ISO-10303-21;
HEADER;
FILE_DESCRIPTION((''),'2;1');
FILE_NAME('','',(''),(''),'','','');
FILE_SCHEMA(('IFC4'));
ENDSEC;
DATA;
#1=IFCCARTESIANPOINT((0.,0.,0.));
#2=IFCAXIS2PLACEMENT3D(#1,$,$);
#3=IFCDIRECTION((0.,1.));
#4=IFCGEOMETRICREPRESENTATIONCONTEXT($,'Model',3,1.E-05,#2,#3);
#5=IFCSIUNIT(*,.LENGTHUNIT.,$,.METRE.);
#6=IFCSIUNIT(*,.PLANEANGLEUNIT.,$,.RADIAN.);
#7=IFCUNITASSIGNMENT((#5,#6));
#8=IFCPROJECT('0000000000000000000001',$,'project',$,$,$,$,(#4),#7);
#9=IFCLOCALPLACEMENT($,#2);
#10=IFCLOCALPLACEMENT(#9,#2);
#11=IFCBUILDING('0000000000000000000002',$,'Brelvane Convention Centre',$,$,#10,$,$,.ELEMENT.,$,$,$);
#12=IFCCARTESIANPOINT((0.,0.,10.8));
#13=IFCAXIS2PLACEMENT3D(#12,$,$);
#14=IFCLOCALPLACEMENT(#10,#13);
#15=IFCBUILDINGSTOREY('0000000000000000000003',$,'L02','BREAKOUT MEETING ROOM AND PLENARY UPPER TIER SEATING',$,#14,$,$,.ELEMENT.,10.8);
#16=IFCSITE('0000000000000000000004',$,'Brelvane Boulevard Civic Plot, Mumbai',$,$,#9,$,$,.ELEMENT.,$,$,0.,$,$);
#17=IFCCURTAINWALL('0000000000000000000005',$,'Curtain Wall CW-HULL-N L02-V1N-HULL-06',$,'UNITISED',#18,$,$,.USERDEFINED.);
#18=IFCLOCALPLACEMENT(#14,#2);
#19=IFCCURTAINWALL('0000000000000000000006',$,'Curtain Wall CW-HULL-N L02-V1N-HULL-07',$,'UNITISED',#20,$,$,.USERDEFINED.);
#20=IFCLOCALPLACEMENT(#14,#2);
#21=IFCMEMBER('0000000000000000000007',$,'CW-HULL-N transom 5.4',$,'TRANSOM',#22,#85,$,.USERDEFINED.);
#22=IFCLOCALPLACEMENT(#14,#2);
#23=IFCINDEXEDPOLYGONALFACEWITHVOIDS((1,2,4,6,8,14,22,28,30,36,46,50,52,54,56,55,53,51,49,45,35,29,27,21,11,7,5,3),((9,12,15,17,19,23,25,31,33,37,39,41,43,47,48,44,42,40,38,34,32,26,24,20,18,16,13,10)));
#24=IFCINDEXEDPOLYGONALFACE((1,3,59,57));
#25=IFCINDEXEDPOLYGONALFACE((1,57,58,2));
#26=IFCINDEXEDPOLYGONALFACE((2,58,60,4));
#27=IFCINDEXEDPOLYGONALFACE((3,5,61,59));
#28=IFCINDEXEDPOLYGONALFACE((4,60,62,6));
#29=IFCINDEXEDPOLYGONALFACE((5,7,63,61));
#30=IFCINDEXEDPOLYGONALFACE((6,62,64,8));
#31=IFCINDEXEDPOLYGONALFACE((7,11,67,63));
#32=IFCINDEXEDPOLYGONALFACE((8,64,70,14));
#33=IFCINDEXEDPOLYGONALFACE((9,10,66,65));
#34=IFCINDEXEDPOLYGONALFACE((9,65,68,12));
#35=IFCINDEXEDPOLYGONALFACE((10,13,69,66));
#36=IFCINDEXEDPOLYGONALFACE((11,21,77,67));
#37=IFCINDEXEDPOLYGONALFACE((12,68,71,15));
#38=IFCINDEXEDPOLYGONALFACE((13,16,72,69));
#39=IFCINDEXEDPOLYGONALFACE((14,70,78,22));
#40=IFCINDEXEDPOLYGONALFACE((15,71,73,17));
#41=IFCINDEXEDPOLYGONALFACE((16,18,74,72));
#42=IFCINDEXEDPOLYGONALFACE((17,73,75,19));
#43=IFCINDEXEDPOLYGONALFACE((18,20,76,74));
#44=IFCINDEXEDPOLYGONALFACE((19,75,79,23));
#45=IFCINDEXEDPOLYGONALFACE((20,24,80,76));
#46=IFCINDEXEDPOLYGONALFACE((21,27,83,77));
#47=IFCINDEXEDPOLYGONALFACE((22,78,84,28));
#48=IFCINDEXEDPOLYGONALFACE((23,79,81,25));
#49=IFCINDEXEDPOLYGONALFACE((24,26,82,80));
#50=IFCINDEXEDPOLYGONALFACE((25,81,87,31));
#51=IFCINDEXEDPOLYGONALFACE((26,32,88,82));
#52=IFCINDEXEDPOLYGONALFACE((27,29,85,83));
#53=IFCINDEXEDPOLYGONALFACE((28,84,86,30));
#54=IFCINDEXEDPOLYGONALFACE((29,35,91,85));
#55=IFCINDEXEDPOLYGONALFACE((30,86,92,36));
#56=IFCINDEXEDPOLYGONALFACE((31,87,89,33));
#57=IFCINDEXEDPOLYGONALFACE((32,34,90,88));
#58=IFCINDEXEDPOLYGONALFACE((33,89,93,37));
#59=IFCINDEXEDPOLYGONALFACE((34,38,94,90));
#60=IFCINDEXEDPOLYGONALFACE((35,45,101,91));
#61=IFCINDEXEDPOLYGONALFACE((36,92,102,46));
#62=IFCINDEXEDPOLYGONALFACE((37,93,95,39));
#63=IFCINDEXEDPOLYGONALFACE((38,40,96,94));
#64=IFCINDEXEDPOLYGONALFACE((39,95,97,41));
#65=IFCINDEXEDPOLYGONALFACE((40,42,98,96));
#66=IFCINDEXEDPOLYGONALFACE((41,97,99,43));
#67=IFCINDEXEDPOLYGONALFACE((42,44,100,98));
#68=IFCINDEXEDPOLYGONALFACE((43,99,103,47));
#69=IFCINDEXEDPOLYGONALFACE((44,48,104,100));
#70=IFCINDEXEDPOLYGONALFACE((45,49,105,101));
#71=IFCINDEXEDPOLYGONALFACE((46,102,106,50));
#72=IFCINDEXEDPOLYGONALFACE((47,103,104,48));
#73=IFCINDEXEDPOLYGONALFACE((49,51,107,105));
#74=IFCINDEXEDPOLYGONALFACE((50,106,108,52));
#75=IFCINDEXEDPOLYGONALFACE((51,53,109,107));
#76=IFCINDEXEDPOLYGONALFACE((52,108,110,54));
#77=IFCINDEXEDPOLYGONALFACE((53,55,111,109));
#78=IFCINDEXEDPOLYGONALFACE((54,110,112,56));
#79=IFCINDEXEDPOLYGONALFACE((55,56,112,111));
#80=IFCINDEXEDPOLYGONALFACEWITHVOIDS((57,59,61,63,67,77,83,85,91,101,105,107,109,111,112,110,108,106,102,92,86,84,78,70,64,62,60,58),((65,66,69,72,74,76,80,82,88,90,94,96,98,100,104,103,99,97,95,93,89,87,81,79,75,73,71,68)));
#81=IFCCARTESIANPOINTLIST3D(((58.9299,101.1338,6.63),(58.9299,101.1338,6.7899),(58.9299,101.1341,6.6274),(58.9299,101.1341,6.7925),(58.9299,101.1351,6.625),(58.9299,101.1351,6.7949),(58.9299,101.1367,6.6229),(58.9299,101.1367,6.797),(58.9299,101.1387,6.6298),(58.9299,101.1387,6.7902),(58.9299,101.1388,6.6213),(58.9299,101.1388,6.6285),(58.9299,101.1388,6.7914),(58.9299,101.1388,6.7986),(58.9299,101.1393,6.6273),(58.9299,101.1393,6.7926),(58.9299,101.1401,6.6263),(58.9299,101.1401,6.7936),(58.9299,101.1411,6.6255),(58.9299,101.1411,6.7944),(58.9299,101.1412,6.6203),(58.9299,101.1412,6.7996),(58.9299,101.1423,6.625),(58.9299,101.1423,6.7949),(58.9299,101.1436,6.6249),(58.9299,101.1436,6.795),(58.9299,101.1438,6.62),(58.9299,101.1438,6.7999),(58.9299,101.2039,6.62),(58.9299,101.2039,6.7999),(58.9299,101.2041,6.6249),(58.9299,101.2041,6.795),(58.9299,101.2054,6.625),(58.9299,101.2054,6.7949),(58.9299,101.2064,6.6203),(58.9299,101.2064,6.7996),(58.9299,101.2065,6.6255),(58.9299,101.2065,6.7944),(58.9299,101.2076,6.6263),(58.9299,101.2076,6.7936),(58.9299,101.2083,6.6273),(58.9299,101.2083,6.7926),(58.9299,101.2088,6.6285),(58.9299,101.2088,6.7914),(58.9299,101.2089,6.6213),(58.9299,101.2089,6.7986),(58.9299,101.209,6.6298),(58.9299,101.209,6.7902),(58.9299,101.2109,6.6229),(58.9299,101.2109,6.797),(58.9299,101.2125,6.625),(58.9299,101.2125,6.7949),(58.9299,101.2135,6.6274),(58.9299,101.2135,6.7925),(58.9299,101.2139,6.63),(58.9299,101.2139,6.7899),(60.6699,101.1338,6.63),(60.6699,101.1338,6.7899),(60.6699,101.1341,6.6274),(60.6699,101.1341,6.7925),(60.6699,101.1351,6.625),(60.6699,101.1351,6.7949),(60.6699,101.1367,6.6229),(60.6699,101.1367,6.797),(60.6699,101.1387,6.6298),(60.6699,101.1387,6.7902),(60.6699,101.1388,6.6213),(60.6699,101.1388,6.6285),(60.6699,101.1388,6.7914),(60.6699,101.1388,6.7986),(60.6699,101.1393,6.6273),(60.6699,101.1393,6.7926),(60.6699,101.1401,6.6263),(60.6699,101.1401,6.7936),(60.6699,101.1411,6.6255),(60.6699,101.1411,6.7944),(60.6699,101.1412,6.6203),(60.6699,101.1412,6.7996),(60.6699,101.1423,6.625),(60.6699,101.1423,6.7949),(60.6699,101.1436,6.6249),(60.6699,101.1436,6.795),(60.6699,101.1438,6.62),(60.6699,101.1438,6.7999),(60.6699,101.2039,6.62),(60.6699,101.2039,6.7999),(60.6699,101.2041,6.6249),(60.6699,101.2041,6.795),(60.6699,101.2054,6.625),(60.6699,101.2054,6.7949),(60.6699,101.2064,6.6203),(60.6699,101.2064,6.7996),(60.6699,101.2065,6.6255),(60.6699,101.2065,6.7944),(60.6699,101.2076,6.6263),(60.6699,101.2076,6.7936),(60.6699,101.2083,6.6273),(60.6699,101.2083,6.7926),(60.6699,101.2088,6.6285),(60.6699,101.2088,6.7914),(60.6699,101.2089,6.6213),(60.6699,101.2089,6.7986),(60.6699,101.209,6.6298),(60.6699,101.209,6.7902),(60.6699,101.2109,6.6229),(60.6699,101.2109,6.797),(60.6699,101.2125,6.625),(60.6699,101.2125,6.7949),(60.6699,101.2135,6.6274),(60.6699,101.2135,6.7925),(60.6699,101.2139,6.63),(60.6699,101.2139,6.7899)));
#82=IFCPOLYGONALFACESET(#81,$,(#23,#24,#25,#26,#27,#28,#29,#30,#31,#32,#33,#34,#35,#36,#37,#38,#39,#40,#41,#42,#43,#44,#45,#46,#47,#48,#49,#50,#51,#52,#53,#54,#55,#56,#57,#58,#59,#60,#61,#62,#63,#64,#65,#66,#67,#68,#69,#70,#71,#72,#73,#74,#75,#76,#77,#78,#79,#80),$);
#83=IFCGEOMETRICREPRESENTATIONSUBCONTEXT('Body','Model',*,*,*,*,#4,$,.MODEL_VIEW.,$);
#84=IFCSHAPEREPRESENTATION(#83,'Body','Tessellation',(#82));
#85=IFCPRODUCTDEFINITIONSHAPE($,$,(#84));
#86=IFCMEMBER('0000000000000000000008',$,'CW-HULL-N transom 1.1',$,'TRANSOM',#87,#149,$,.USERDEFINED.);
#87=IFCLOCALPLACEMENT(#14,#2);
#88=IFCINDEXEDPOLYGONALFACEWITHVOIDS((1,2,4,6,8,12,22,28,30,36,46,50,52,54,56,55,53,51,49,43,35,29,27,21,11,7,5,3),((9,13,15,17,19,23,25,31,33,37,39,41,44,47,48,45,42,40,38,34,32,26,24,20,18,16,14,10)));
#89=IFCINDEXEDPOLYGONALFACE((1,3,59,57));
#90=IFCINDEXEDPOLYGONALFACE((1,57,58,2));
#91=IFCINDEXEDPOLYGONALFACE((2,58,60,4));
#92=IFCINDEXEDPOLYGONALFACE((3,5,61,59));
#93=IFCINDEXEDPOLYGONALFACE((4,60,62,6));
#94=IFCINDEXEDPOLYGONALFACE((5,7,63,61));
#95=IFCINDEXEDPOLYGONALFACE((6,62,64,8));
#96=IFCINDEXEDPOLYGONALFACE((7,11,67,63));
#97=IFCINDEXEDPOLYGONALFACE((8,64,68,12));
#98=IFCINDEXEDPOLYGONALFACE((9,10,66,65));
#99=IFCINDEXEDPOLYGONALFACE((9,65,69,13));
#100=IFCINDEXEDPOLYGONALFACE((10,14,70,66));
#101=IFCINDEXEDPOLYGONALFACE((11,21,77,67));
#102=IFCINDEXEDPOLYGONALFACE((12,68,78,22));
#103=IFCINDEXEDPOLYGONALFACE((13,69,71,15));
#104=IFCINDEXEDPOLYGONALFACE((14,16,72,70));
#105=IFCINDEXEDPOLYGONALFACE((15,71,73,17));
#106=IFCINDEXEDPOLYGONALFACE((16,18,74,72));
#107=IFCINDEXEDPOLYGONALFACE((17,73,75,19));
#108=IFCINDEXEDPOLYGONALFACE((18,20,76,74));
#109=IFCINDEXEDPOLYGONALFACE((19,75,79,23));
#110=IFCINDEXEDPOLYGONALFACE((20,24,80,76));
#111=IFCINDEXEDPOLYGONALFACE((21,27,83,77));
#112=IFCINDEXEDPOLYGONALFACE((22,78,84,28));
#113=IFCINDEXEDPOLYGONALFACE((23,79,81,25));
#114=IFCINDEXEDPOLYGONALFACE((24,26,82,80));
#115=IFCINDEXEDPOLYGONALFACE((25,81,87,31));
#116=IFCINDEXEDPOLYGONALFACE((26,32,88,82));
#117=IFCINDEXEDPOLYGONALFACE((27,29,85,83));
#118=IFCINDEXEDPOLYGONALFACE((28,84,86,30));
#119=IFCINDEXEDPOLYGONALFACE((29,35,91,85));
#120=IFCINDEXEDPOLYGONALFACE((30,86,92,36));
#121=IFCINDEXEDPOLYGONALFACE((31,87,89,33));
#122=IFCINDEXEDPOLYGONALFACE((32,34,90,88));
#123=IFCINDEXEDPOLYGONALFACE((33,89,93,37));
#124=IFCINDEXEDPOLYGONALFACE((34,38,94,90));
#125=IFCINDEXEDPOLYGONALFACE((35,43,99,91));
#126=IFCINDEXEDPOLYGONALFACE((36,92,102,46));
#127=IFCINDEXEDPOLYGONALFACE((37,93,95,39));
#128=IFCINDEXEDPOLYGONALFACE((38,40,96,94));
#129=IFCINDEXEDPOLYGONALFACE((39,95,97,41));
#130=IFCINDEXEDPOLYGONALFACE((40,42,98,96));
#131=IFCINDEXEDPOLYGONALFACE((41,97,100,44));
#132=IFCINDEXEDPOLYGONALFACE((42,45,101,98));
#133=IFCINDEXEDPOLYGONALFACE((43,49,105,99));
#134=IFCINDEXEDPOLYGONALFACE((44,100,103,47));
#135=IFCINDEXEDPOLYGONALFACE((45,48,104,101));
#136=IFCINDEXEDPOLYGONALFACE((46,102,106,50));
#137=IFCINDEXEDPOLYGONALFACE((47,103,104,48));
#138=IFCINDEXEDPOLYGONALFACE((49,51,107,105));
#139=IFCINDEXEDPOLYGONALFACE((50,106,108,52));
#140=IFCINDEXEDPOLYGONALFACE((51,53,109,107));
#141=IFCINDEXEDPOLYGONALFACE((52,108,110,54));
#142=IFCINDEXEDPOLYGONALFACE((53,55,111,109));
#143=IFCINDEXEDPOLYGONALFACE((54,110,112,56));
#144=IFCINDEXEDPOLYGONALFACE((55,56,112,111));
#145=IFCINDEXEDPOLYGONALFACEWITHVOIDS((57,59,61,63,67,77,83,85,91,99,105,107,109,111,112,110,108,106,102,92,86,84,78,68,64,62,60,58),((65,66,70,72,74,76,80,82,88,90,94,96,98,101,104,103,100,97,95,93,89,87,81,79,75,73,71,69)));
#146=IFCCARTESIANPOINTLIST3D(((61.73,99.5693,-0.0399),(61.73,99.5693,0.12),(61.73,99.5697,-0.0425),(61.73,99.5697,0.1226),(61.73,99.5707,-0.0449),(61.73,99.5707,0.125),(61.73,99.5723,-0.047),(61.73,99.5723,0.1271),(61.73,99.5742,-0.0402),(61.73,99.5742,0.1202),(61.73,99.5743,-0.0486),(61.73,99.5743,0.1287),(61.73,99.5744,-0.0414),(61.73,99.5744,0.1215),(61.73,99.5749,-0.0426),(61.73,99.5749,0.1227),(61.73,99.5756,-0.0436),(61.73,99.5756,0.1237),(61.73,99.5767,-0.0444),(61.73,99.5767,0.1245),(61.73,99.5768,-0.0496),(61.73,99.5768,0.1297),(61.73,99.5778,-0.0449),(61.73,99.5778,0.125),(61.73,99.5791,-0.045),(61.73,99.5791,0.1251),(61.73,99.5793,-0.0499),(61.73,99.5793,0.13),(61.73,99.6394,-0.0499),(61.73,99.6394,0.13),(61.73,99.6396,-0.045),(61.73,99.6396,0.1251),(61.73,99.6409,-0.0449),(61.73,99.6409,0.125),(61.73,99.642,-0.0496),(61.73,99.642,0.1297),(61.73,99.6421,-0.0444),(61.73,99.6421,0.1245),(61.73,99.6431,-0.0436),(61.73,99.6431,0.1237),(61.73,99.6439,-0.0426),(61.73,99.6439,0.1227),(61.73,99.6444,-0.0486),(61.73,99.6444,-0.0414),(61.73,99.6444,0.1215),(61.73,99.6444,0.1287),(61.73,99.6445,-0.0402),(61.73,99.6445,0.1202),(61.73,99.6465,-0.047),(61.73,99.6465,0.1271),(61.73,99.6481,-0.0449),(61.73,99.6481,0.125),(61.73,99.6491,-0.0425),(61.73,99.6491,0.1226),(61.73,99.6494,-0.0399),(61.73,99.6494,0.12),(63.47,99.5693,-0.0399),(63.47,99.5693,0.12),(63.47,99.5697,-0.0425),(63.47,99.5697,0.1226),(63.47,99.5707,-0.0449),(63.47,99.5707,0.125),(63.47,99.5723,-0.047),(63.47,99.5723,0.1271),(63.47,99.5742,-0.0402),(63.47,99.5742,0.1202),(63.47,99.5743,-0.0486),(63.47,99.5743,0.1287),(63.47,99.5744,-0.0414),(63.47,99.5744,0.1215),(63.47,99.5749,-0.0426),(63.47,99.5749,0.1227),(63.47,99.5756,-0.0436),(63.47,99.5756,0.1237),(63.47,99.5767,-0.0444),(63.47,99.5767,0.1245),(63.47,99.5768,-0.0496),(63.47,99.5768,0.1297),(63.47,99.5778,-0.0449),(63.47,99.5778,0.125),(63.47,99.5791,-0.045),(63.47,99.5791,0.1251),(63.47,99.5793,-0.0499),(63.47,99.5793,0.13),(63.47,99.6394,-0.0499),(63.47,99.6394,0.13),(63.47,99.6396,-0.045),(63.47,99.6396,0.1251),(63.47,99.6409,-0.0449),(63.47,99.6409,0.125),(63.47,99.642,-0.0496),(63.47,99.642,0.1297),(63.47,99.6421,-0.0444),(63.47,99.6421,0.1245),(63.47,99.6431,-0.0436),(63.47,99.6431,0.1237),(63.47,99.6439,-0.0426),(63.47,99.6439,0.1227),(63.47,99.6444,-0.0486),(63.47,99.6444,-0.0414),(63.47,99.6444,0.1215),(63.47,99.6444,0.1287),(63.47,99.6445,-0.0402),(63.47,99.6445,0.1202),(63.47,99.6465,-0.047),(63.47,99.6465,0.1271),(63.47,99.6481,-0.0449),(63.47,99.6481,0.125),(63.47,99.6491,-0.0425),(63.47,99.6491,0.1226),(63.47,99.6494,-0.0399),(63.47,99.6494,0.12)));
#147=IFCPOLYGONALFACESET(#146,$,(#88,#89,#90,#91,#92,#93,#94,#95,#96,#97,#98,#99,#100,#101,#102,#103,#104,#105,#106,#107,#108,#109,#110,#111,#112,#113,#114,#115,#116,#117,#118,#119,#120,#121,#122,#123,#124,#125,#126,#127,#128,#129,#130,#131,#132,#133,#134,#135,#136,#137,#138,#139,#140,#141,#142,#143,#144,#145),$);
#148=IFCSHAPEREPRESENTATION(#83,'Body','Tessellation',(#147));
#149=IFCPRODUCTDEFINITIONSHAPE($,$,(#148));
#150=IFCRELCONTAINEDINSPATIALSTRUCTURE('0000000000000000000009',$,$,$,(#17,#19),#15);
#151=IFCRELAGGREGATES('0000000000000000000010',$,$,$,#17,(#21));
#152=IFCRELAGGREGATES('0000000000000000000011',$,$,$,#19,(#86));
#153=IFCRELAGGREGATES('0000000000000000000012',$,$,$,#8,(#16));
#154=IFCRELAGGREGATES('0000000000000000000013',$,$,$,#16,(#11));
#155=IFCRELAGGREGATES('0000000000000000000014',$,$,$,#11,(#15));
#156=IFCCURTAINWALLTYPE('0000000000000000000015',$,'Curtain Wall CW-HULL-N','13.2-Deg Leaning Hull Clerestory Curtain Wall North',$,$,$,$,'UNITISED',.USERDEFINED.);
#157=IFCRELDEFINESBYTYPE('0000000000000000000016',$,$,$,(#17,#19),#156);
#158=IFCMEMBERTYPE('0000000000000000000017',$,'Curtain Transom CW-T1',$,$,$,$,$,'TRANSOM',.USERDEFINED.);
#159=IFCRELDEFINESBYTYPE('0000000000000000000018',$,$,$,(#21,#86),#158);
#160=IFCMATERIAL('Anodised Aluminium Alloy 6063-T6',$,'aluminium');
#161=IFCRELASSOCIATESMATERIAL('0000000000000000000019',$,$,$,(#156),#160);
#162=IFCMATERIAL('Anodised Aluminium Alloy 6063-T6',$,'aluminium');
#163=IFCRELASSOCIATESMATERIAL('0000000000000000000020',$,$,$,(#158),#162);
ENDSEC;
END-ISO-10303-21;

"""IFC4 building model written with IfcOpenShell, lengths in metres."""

from ifc_helpers import new_model, si_unit, direction, frame, origin, origin_2d, place, context, subcontext, project, spatial, hollow_rectangle, extrude, material, material_profile, profile_set, type_object, element, aggregate, save


model = new_model("IFC4")

# Units and contexts
model_context = context("Model", 3, precision=1e-05, world=origin(), true_north=direction((0.0, 1.0)))
body_context = subcontext(model_context, "Body", "Model", "MODEL_VIEW")
ifc_project = project(units=[si_unit("LENGTHUNIT", "METRE"), si_unit("PLANEANGLEUNIT", "RADIAN")], contexts=[model_context])

# Site, building, storey
site_placement = place(None, origin())
site = spatial("IfcSite", under=ifc_project, at=site_placement, Name="Brelvane Boulevard Civic Plot, Mumbai", CompositionType="ELEMENT", RefElevation=0.0)
building_placement = place(site_placement, origin())
building = spatial("IfcBuilding", under=site, at=building_placement, Name="Brelvane Convention Centre", CompositionType="ELEMENT")
storey_placement = place(building_placement, frame((0.0, 0.0, 10.8)))
storey = spatial("IfcBuildingStorey", under=building, at=storey_placement, Name="L02", Description="BREAKOUT MEETING ROOM AND PLENARY UPPER TIER SEATING", CompositionType="ELEMENT", Elevation=10.8)

# Curtain wall
ifc_material_1 = material(Name="Anodised Aluminium Alloy 6063-T6", Category="aluminium")
curtain_wall_type_1 = type_object("IfcCurtainWallType", Name="Curtain Wall CW-HULL-N", Description="13.2-Deg Leaning Hull Clerestory Curtain Wall North", ElementType="UNITISED", PredefinedType="USERDEFINED", material=ifc_material_1)
curtain_wall_1_placement = place(storey_placement, origin())
curtain_wall_1 = element("IfcCurtainWall", 1, at=curtain_wall_1_placement, inside=storey, type_object=curtain_wall_type_1, Name="Curtain Wall CW-HULL-N L02-V1N-HULL-06", ObjectType="UNITISED", PredefinedType="USERDEFINED")

# Curtain wall
curtain_wall_2_placement = place(storey_placement, origin())
curtain_wall_2 = element("IfcCurtainWall", 2, at=curtain_wall_2_placement, inside=storey, type_object=curtain_wall_type_1, Name="Curtain Wall CW-HULL-N L02-V1N-HULL-07", ObjectType="UNITISED", PredefinedType="USERDEFINED")

# Members
ifc_material_2 = material(Name="Anodised Aluminium Alloy 6063-T6", Category="aluminium")
ifc_material_profile_1 = material_profile(ifc_material_2, hollow_rectangle(XDim=0.0801, YDim=0.1799, WallThickness=0.0049, InnerFilletRadius=0.0049, OuterFilletRadius=0.01, at=origin_2d()), Name="ALU-T 180x80x5.0")
ifc_profile_set_1 = profile_set([ifc_material_profile_1], Name="Anodised Aluminium Alloy 6063-T6")
member_type_1 = type_object("IfcMemberType", Name="Curtain Transom CW-T1", ElementType="TRANSOM", PredefinedType="USERDEFINED", material=ifc_profile_set_1)
member_1_placement = place(storey_placement, frame((58.9299, 101.1738, 6.71), z_axis=(1.0, 0.0, 0.0), x_axis=(0.0, 1.0, 0.0)))
member_1 = element("IfcMember", 3, at=member_1_placement, type_object=member_type_1, Name="CW-HULL-N transom 5.4", ObjectType="TRANSOM", PredefinedType="USERDEFINED", context=body_context, shape_type="SweptSolid", body=[
    extrude(hollow_rectangle(XDim=0.0801, YDim=0.1799, WallThickness=0.0049, InnerFilletRadius=0.0049, OuterFilletRadius=0.01, at=origin_2d()), origin(), (0.0, 0.0, 1.0), 1.74),
])
member_2_placement = place(storey_placement, frame((61.73, 99.6094, 0.04), z_axis=(1.0, 0.0, 0.0), x_axis=(0.0, 1.0, 0.0)))
member_2 = element("IfcMember", 4, at=member_2_placement, type_object=member_type_1, Name="CW-HULL-N transom 1.1", ObjectType="TRANSOM", PredefinedType="USERDEFINED", context=body_context, shape_type="SweptSolid", body=[
    extrude(hollow_rectangle(XDim=0.0801, YDim=0.1799, WallThickness=0.0049, InnerFilletRadius=0.0049, OuterFilletRadius=0.01, at=origin_2d()), origin(), (0.0, 0.0, 1.0), 1.74),
])

aggregate(curtain_wall_1, [member_1])
aggregate(curtain_wall_2, [member_2])

save(model, "model.ifc")
